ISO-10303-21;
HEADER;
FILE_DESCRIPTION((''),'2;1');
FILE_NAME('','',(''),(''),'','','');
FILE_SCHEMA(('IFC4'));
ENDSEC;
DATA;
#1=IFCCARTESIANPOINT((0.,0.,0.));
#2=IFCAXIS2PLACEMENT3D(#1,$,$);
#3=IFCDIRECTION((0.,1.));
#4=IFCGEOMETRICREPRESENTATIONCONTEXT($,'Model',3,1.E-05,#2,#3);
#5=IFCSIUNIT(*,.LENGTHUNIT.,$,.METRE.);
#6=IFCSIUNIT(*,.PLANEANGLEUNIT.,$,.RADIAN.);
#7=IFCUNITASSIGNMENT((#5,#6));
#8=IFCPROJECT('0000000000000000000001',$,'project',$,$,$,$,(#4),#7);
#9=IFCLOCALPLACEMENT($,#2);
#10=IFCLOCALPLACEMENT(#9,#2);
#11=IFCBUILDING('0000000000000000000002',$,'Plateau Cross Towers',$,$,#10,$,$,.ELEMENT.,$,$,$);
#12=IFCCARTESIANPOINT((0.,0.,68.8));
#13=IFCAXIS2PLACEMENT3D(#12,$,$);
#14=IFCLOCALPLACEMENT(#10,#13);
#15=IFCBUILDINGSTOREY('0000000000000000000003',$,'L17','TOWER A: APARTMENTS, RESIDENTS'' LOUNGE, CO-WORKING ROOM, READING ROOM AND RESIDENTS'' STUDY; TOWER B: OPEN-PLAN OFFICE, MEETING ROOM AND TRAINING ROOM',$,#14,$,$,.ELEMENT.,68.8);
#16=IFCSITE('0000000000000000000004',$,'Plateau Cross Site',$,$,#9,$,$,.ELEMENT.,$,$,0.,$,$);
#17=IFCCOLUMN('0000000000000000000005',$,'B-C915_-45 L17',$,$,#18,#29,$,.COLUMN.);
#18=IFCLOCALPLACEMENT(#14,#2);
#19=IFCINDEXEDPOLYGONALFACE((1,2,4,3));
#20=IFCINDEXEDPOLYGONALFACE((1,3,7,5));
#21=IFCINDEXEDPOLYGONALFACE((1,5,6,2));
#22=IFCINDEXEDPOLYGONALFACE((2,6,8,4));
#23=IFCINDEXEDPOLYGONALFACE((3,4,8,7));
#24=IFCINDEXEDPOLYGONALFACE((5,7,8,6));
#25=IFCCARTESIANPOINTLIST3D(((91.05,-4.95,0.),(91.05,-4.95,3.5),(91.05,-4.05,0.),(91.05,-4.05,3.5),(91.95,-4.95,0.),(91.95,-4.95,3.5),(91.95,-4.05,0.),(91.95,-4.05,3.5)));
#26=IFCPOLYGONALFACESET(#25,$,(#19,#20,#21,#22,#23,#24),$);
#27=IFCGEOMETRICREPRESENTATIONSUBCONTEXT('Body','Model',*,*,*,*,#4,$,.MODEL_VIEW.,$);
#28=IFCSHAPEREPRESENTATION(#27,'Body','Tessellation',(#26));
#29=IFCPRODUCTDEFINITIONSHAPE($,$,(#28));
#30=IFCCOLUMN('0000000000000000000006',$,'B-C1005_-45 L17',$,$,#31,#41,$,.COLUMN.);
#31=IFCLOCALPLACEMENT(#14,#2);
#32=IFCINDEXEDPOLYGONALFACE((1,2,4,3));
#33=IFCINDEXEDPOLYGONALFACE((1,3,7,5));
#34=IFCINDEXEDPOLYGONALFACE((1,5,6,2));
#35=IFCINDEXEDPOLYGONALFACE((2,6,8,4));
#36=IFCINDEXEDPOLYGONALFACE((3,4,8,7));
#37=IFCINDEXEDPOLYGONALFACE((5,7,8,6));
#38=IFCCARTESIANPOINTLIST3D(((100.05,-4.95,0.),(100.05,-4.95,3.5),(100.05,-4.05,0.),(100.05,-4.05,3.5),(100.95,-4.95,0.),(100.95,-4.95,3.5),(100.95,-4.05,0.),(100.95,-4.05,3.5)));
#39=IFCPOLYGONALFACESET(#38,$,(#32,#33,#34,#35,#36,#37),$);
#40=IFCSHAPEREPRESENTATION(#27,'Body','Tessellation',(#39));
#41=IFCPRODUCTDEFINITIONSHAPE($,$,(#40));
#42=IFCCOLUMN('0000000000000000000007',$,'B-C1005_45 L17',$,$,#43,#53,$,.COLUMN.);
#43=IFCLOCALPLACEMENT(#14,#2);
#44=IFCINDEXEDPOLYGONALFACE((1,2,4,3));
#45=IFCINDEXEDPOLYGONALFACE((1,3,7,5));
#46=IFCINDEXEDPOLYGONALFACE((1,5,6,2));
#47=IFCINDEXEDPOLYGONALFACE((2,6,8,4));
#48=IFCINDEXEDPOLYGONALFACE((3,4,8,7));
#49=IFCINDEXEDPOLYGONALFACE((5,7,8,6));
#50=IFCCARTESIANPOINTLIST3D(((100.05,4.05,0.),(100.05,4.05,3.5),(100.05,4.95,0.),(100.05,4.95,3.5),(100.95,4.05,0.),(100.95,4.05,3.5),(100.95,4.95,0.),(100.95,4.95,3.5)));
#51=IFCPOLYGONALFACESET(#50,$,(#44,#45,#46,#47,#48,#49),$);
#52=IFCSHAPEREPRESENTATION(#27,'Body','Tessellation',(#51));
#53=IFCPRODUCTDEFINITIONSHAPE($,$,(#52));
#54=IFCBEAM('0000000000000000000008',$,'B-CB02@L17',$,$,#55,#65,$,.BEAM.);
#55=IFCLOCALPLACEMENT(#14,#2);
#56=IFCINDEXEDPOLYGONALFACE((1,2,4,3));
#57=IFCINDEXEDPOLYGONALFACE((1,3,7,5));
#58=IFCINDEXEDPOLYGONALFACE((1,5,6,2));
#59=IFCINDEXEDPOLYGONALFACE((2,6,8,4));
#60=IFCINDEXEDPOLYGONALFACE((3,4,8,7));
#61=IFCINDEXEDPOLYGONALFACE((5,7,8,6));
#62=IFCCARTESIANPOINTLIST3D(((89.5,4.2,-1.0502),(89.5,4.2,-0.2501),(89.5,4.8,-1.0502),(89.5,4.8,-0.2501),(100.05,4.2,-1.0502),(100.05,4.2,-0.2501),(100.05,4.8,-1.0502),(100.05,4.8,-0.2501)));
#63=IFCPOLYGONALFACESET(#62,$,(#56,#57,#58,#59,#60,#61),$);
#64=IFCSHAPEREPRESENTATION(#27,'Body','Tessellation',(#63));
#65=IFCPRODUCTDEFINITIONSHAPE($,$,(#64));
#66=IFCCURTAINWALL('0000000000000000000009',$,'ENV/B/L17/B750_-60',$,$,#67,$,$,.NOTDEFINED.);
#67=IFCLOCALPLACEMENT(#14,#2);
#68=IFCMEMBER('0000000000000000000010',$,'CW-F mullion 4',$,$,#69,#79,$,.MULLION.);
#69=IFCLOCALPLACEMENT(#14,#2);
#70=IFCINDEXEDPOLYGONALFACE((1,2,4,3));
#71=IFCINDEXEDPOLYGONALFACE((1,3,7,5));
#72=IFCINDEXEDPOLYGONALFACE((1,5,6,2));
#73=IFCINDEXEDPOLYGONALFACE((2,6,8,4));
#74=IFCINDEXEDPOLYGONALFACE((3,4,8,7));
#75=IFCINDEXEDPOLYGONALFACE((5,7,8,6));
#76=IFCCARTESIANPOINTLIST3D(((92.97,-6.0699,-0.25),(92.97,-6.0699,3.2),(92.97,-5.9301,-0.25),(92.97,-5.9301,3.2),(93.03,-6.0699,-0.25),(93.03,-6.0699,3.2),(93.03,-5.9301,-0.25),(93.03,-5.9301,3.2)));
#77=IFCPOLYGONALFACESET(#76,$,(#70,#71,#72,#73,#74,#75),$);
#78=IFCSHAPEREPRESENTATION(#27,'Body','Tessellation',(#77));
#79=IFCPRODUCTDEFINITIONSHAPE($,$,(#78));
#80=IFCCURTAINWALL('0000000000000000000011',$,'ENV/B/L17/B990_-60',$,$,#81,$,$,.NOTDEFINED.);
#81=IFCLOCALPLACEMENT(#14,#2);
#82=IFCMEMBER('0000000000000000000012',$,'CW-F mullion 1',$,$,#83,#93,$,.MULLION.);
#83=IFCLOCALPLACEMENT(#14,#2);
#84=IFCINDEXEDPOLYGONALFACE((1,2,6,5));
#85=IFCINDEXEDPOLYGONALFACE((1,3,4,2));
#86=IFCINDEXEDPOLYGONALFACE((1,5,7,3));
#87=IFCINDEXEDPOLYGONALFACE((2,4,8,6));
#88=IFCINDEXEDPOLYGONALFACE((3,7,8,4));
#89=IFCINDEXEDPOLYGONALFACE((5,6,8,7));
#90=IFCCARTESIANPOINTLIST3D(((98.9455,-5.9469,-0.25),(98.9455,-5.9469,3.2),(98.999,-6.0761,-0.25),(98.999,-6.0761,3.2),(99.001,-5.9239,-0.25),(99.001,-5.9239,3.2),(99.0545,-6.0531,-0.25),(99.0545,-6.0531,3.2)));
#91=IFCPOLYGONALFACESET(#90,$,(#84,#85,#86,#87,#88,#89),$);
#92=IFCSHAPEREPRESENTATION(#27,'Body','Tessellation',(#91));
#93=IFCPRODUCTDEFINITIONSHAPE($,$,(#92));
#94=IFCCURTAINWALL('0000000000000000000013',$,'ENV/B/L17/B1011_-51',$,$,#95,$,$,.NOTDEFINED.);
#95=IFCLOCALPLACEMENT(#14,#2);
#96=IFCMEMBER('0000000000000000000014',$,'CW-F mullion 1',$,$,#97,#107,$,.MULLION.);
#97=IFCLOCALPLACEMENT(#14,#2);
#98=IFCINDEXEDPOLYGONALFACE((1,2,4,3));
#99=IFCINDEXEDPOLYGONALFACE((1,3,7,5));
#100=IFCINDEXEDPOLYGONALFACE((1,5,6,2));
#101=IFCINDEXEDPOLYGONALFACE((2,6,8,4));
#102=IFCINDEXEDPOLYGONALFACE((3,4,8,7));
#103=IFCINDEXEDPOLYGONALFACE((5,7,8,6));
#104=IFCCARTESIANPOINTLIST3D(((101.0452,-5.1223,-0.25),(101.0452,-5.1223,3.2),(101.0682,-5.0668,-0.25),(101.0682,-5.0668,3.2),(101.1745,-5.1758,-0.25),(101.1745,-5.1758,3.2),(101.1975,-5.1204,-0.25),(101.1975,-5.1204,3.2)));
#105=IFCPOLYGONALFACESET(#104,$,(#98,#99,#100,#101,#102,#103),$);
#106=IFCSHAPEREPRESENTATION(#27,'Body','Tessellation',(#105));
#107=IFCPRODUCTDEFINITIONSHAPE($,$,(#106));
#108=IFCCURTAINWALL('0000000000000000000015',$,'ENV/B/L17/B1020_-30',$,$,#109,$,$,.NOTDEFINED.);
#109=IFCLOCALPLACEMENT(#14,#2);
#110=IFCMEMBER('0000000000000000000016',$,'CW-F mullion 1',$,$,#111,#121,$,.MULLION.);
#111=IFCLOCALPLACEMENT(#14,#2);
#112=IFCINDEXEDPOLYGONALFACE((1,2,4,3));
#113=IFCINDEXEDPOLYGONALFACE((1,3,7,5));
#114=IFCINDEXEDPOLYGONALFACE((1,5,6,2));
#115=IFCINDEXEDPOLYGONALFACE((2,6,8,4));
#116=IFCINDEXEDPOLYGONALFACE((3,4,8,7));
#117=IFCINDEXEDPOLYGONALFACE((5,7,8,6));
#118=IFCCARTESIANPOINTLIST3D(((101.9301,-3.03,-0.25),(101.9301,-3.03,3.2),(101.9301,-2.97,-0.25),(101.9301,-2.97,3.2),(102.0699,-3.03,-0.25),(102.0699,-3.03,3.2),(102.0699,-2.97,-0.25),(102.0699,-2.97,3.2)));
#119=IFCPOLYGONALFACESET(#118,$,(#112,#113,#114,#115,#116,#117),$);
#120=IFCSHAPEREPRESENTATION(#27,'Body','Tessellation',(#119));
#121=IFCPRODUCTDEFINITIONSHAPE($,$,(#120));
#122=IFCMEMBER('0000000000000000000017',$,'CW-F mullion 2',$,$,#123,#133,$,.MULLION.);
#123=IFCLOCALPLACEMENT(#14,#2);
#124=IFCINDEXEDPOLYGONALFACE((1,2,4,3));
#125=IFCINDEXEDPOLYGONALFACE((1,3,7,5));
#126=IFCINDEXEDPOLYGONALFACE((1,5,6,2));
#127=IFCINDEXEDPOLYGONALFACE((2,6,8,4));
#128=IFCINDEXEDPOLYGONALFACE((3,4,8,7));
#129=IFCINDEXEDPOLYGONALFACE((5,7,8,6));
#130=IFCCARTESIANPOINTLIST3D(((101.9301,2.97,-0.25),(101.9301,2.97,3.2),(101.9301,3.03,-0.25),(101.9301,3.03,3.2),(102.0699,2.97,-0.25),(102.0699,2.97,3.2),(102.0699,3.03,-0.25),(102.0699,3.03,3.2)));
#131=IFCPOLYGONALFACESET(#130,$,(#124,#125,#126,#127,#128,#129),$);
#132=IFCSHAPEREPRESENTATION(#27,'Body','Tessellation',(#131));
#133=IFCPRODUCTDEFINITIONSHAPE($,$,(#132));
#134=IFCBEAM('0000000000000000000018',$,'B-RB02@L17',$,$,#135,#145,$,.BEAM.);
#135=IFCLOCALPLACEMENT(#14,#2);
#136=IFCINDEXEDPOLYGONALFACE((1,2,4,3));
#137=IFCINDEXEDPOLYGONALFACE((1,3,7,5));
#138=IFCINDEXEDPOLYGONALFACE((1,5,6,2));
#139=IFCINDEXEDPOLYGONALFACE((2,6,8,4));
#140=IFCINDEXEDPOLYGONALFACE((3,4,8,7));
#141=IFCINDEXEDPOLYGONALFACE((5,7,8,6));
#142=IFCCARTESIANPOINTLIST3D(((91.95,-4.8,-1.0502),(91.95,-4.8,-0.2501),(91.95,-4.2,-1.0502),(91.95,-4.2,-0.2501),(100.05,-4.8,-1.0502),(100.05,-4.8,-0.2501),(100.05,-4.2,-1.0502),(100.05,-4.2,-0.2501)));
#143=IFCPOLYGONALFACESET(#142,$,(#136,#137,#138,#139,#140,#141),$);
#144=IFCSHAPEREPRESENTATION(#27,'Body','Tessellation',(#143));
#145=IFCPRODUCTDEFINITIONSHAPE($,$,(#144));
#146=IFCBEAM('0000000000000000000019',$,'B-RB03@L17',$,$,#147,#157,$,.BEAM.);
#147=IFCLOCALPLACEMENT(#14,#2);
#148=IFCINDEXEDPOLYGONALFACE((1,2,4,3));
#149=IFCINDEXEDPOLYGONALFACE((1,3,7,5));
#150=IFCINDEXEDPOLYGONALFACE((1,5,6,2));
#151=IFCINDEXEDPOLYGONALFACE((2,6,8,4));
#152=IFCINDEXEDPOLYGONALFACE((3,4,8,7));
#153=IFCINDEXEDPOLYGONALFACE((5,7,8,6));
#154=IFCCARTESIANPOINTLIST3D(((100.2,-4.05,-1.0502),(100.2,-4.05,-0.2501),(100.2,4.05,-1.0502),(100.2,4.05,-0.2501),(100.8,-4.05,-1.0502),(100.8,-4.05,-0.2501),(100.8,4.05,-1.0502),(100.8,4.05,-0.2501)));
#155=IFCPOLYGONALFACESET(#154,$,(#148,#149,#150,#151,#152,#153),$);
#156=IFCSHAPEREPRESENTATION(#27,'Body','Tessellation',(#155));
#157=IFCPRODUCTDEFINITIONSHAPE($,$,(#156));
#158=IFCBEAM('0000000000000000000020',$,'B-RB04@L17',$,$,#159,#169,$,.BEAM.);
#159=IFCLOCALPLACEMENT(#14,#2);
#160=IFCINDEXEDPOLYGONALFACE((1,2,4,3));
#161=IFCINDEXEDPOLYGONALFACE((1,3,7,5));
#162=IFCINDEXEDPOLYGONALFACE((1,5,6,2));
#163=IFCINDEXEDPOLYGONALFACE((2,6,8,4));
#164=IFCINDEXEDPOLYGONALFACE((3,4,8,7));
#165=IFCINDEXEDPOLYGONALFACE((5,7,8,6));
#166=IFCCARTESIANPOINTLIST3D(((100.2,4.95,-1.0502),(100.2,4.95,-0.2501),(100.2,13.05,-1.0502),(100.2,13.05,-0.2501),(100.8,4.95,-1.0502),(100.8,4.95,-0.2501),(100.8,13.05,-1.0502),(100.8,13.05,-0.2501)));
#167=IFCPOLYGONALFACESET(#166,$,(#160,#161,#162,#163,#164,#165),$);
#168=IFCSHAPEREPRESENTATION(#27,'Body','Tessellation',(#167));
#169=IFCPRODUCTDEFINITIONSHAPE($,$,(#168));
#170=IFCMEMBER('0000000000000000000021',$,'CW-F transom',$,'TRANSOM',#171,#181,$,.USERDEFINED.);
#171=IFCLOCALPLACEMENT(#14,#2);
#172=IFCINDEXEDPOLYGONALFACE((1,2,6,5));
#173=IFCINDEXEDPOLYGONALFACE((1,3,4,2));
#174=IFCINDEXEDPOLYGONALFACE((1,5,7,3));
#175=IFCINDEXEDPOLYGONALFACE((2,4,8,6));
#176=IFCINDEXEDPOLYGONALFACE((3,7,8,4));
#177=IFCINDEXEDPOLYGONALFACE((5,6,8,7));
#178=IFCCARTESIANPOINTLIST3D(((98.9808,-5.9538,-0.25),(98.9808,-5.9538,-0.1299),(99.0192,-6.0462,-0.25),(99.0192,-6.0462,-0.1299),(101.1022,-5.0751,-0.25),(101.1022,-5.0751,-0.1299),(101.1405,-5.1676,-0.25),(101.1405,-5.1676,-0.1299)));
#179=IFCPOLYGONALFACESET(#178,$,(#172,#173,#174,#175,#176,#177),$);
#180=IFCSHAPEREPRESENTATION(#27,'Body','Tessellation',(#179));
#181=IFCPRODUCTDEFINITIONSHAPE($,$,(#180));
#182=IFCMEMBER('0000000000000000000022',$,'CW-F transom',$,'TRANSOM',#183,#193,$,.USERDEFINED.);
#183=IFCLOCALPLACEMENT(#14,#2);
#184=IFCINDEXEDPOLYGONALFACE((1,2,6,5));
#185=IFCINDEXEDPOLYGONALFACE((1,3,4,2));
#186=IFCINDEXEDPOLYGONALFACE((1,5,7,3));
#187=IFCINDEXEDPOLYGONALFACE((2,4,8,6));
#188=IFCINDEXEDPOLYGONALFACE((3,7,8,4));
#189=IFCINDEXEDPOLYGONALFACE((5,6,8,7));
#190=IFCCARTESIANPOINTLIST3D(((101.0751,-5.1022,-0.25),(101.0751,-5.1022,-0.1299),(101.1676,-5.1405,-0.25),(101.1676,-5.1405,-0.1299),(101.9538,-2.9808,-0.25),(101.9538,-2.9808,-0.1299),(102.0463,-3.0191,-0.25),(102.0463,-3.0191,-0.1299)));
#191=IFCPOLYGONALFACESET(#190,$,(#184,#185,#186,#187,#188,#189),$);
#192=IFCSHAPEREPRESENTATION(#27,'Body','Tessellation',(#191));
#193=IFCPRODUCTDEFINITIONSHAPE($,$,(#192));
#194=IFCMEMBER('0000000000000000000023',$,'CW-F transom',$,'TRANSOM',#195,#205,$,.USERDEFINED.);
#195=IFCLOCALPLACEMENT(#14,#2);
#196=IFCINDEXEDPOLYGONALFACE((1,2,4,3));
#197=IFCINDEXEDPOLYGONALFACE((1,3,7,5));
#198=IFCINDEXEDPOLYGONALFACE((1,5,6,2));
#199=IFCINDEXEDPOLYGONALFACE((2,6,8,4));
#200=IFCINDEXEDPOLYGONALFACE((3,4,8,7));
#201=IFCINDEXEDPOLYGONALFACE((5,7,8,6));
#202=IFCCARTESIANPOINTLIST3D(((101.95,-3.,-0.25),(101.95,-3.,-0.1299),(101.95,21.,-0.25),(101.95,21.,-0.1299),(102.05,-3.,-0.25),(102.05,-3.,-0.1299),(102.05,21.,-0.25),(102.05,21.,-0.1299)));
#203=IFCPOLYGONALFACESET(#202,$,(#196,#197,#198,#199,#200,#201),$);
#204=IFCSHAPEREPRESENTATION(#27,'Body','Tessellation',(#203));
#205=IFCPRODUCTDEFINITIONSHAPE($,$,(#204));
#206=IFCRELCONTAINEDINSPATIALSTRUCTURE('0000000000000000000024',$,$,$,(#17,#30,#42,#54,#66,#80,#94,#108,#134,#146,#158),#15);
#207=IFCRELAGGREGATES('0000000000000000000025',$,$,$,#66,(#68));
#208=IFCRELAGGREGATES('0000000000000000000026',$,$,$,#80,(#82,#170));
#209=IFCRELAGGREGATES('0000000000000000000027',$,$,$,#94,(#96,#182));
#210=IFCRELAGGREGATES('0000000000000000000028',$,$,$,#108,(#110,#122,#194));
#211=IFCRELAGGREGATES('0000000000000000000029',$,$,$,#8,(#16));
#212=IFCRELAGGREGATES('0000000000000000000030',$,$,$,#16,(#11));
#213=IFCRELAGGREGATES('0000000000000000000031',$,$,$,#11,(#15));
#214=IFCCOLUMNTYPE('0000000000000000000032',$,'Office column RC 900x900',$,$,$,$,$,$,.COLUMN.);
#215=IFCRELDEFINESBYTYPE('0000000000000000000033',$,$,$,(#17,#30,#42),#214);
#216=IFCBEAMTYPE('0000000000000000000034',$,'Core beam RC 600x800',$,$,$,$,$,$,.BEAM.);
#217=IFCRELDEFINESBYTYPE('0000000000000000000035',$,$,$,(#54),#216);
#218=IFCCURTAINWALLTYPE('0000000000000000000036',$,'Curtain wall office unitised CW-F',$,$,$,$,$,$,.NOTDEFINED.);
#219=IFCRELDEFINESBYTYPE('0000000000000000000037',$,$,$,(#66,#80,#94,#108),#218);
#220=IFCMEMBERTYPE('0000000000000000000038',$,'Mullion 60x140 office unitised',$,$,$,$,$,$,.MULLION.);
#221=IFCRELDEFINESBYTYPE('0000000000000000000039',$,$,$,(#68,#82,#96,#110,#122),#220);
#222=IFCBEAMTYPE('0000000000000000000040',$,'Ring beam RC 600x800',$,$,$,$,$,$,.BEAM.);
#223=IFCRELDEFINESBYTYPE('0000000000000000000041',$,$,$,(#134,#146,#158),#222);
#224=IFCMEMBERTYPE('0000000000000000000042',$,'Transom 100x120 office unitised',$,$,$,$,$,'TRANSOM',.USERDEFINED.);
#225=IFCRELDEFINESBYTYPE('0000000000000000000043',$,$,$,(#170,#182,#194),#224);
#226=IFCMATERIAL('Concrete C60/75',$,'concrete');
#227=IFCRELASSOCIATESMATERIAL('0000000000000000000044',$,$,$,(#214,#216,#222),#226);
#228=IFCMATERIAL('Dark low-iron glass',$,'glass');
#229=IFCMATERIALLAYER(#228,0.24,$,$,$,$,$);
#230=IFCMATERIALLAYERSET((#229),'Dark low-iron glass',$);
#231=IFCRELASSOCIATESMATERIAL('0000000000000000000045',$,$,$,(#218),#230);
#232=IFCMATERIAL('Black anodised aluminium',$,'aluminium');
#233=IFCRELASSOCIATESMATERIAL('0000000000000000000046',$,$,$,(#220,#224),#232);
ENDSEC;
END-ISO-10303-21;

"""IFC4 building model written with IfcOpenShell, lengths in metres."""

from ifc_helpers import new_model, si_unit, direction, frame, origin, origin_2d, place, context, subcontext, project, spatial, rectangle, extrude, material, layer, layer_set, material_profile, profile_set, type_object, element, aggregate, save


model = new_model("IFC4")

# Units and contexts
model_context = context("Model", 3, precision=1e-05, world=origin(), true_north=direction((0.0, 1.0)))
body_context = subcontext(model_context, "Body", "Model", "MODEL_VIEW")
ifc_project = project(units=[si_unit("LENGTHUNIT", "METRE"), si_unit("PLANEANGLEUNIT", "RADIAN")], contexts=[model_context])

# Site, building, storey
site_placement = place(None, origin())
site = spatial("IfcSite", under=ifc_project, at=site_placement, Name="Plateau Cross Site", CompositionType="ELEMENT", RefElevation=0.0)
building_placement = place(site_placement, origin())
building = spatial("IfcBuilding", under=site, at=building_placement, Name="Plateau Cross Towers", CompositionType="ELEMENT")
storey_placement = place(building_placement, frame((0.0, 0.0, 68.8)))
storey = spatial("IfcBuildingStorey", under=building, at=storey_placement, Name="L17", Description="TOWER A: APARTMENTS, RESIDENTS' LOUNGE, CO-WORKING ROOM, READING ROOM AND RESIDENTS' STUDY; TOWER B: OPEN-PLAN OFFICE, MEETING ROOM AND TRAINING ROOM", CompositionType="ELEMENT", Elevation=68.8)

# Columns
ifc_material_1 = material(Name="Concrete C60/75", Category="concrete")
ifc_material_profile_1 = material_profile(ifc_material_1, rectangle(XDim=0.8999, YDim=0.8999, at=origin_2d()), Name="RC 900x900")
ifc_profile_set_1 = profile_set([ifc_material_profile_1], Name="Concrete C60/75")
column_type = type_object("IfcColumnType", Name="Office column RC 900x900", PredefinedType="COLUMN", material=ifc_profile_set_1)
for number, where, z_axis, x_axis, name in (
    (1, (91.5, -4.5, 0.0), (0.0, 0.0, 1.0), (1.0, 0.0, 0.0), "B-C915_-45 L17"),
    (2, (100.5, -4.5, 0.0), (0.0, 0.0, 1.0), (1.0, 0.0, 0.0), "B-C1005_-45 L17"),
    (3, (100.5, 4.5, 0.0), (0.0, 0.0, 1.0), (1.0, 0.0, 0.0), "B-C1005_45 L17"),
):
    element("IfcColumn", number, at=place(storey_placement, frame(where, z_axis=z_axis, x_axis=x_axis)), inside=storey, type_object=column_type, Name=name, PredefinedType="COLUMN", context=body_context, shape_type="SweptSolid", body=[
        extrude(rectangle(XDim=0.8999, YDim=0.8999, at=origin_2d()), origin(), (0.0, 0.0, 1.0), 3.5),
    ])

# Beam
ifc_material_profile_2 = material_profile(ifc_material_1, rectangle(XDim=0.6001, YDim=0.8, at=origin_2d()), Name="RC 600x800")
ifc_profile_set_2 = profile_set([ifc_material_profile_2], Name="Concrete C60/75")
beam_type_1 = type_object("IfcBeamType", Name="Core beam RC 600x800", PredefinedType="BEAM", material=ifc_profile_set_2)
beam_placement = place(storey_placement, frame((89.5, 4.5, -0.6501), z_axis=(1.0, 0.0, 0.0), x_axis=(0.0, 1.0, 0.0)))
element("IfcBeam", 4, at=beam_placement, inside=storey, type_object=beam_type_1, Name="B-CB02@L17", PredefinedType="BEAM", context=body_context, shape_type="SweptSolid", body=[
    extrude(rectangle(XDim=0.6001, YDim=0.8, at=origin_2d()), origin(), (0.0, 0.0, 1.0), 10.55),
])

# Curtain walls, members
ifc_material_2 = material(Name="Dark low-iron glass", Category="glass")
ifc_layer_1 = layer(ifc_material_2, 0.24)
ifc_layer_set_1 = layer_set([ifc_layer_1], Name="Dark low-iron glass")
curtain_wall_type = type_object("IfcCurtainWallType", Name="Curtain wall office unitised CW-F", PredefinedType="NOTDEFINED", material=ifc_layer_set_1)
curtain_wall_1_placement = place(storey_placement, origin())
curtain_wall_1 = element("IfcCurtainWall", 5, at=curtain_wall_1_placement, inside=storey, type_object=curtain_wall_type, Name="ENV/B/L17/B750_-60", PredefinedType="NOTDEFINED")
ifc_material_3 = material(Name="Black anodised aluminium", Category="aluminium")
ifc_material_profile_3 = material_profile(ifc_material_3, rectangle(XDim=0.0601, YDim=0.1399, at=origin_2d()), Name="MULLION 60x140")
ifc_profile_set_3 = profile_set([ifc_material_profile_3], Name="Black anodised aluminium")
member_type_1 = type_object("IfcMemberType", Name="Mullion 60x140 office unitised", PredefinedType="MULLION", material=ifc_profile_set_3)
member_1_placement = place(storey_placement, frame((93.0, -6.0, -0.25), z_axis=(0.0, 0.0, 1.0), x_axis=(1.0, 0.0, 0.0)))
member_1 = element("IfcMember", 6, at=member_1_placement, type_object=member_type_1, Name="CW-F mullion 4", PredefinedType="MULLION", context=body_context, shape_type="SweptSolid", body=[
    extrude(rectangle(XDim=0.0601, YDim=0.1399, at=origin_2d()), origin(), (0.0, 0.0, 1.0), 3.45),
])
curtain_wall_2_placement = place(storey_placement, origin())
curtain_wall_2 = element("IfcCurtainWall", 7, at=curtain_wall_2_placement, inside=storey, type_object=curtain_wall_type, Name="ENV/B/L17/B990_-60", PredefinedType="NOTDEFINED")
member_2_placement = place(storey_placement, frame((99.0, -6.0, -0.25), z_axis=(0.0, 0.0, 1.0), x_axis=(0.923879, 0.382684, 0.0)))
member_2 = element("IfcMember", 8, at=member_2_placement, type_object=member_type_1, Name="CW-F mullion 1", PredefinedType="MULLION", context=body_context, shape_type="SweptSolid", body=[
    extrude(rectangle(XDim=0.0601, YDim=0.1399, at=origin_2d()), origin(), (0.0, 0.0, 1.0), 3.45),
])
curtain_wall_3_placement = place(storey_placement, origin())
curtain_wall_3 = element("IfcCurtainWall", 9, at=curtain_wall_3_placement, inside=storey, type_object=curtain_wall_type, Name="ENV/B/L17/B1011_-51", PredefinedType="NOTDEFINED")
member_3_placement = place(storey_placement, frame((101.1213, -5.1213, -0.25), z_axis=(0.0, 0.0, 1.0), x_axis=(0.382684, 0.923879, 0.0)))
member_3 = element("IfcMember", 10, at=member_3_placement, type_object=member_type_1, Name="CW-F mullion 1", PredefinedType="MULLION", context=body_context, shape_type="SweptSolid", body=[
    extrude(rectangle(XDim=0.0601, YDim=0.1399, at=origin_2d()), origin(), (0.0, 0.0, 1.0), 3.45),
])

# Curtain wall, members
curtain_wall_4_placement = place(storey_placement, origin())
curtain_wall_4 = element("IfcCurtainWall", 11, at=curtain_wall_4_placement, inside=storey, type_object=curtain_wall_type, Name="ENV/B/L17/B1020_-30", PredefinedType="NOTDEFINED")
member_4_placement = place(storey_placement, frame((102.0, -3.0, -0.25), z_axis=(0.0, 0.0, 1.0), x_axis=(0.0, 1.0, 0.0)))
member_4 = element("IfcMember", 12, at=member_4_placement, type_object=member_type_1, Name="CW-F mullion 1", PredefinedType="MULLION", context=body_context, shape_type="SweptSolid", body=[
    extrude(rectangle(XDim=0.0601, YDim=0.1399, at=origin_2d()), origin(), (0.0, 0.0, 1.0), 3.45),
])
member_5_placement = place(storey_placement, frame((102.0, 3.0, -0.25), z_axis=(0.0, 0.0, 1.0), x_axis=(0.0, 1.0, 0.0)))
member_5 = element("IfcMember", 13, at=member_5_placement, type_object=member_type_1, Name="CW-F mullion 2", PredefinedType="MULLION", context=body_context, shape_type="SweptSolid", body=[
    extrude(rectangle(XDim=0.0601, YDim=0.1399, at=origin_2d()), origin(), (0.0, 0.0, 1.0), 3.45),
])

# Beams
ifc_material_profile_4 = material_profile(ifc_material_1, rectangle(XDim=0.6001, YDim=0.8, at=origin_2d()), Name="RC 600x800")
ifc_profile_set_4 = profile_set([ifc_material_profile_4], Name="Concrete C60/75")
beam_type_2 = type_object("IfcBeamType", Name="Ring beam RC 600x800", PredefinedType="BEAM", material=ifc_profile_set_4)
for number, where, z_axis, x_axis, name in (
    (14, (91.95, -4.5, -0.6501), (1.0, 0.0, 0.0), (0.0, 1.0, 0.0), "B-RB02@L17"),
    (15, (100.5, -4.05, -0.6501), (0.0, 1.0, 0.0), (-1.0, 0.0, 0.0), "B-RB03@L17"),
    (16, (100.5, 4.95, -0.6501), (0.0, 1.0, 0.0), (-1.0, 0.0, 0.0), "B-RB04@L17"),
):
    element("IfcBeam", number, at=place(storey_placement, frame(where, z_axis=z_axis, x_axis=x_axis)), inside=storey, type_object=beam_type_2, Name=name, PredefinedType="BEAM", context=body_context, shape_type="SweptSolid", body=[
        extrude(rectangle(XDim=0.6001, YDim=0.8, at=origin_2d()), origin(), (0.0, 0.0, 1.0), 8.1001),
    ])

# Members
ifc_material_profile_5 = material_profile(ifc_material_3, rectangle(XDim=0.1001, YDim=0.1201, at=origin_2d()), Name="TRANSOM 100x120")
ifc_profile_set_5 = profile_set([ifc_material_profile_5], Name="Black anodised aluminium")
member_type_2 = type_object("IfcMemberType", Name="Transom 100x120 office unitised", ElementType="TRANSOM", PredefinedType="USERDEFINED", material=ifc_profile_set_5)
member_6_placement = place(storey_placement, frame((99.0, -6.0, -0.1899), z_axis=(0.923883, 0.382674, 0.0), x_axis=(-0.382674, 0.923883, 0.0)))
member_6 = element("IfcMember", 17, at=member_6_placement, type_object=member_type_2, Name="CW-F transom", ObjectType="TRANSOM", PredefinedType="USERDEFINED", context=body_context, shape_type="SweptSolid", body=[
    extrude(rectangle(XDim=0.1001, YDim=0.1201, at=origin_2d()), origin(), (0.0, 0.0, 1.0), 2.2961),
])
member_7_placement = place(storey_placement, frame((101.1213, -5.1213, -0.1899), z_axis=(0.382674, 0.923883, 0.0), x_axis=(-0.923883, 0.382674, 0.0)))
member_7 = element("IfcMember", 18, at=member_7_placement, type_object=member_type_2, Name="CW-F transom", ObjectType="TRANSOM", PredefinedType="USERDEFINED", context=body_context, shape_type="SweptSolid", body=[
    extrude(rectangle(XDim=0.1001, YDim=0.1201, at=origin_2d()), origin(), (0.0, 0.0, 1.0), 2.2961),
])
member_8_placement = place(storey_placement, frame((102.0, -3.0, -0.1899), z_axis=(0.0, 1.0, 0.0), x_axis=(-1.0, 0.0, 0.0)))
member_8 = element("IfcMember", 19, at=member_8_placement, type_object=member_type_2, Name="CW-F transom", ObjectType="TRANSOM", PredefinedType="USERDEFINED", context=body_context, shape_type="SweptSolid", body=[
    extrude(rectangle(XDim=0.1001, YDim=0.1201, at=origin_2d()), origin(), (0.0, 0.0, 1.0), 24.0),
])

aggregate(curtain_wall_1, [member_1])
aggregate(curtain_wall_2, [member_2, member_6])
aggregate(curtain_wall_3, [member_3, member_7])
aggregate(curtain_wall_4, [member_4, member_5, member_8])

save(model, "model.ifc")
